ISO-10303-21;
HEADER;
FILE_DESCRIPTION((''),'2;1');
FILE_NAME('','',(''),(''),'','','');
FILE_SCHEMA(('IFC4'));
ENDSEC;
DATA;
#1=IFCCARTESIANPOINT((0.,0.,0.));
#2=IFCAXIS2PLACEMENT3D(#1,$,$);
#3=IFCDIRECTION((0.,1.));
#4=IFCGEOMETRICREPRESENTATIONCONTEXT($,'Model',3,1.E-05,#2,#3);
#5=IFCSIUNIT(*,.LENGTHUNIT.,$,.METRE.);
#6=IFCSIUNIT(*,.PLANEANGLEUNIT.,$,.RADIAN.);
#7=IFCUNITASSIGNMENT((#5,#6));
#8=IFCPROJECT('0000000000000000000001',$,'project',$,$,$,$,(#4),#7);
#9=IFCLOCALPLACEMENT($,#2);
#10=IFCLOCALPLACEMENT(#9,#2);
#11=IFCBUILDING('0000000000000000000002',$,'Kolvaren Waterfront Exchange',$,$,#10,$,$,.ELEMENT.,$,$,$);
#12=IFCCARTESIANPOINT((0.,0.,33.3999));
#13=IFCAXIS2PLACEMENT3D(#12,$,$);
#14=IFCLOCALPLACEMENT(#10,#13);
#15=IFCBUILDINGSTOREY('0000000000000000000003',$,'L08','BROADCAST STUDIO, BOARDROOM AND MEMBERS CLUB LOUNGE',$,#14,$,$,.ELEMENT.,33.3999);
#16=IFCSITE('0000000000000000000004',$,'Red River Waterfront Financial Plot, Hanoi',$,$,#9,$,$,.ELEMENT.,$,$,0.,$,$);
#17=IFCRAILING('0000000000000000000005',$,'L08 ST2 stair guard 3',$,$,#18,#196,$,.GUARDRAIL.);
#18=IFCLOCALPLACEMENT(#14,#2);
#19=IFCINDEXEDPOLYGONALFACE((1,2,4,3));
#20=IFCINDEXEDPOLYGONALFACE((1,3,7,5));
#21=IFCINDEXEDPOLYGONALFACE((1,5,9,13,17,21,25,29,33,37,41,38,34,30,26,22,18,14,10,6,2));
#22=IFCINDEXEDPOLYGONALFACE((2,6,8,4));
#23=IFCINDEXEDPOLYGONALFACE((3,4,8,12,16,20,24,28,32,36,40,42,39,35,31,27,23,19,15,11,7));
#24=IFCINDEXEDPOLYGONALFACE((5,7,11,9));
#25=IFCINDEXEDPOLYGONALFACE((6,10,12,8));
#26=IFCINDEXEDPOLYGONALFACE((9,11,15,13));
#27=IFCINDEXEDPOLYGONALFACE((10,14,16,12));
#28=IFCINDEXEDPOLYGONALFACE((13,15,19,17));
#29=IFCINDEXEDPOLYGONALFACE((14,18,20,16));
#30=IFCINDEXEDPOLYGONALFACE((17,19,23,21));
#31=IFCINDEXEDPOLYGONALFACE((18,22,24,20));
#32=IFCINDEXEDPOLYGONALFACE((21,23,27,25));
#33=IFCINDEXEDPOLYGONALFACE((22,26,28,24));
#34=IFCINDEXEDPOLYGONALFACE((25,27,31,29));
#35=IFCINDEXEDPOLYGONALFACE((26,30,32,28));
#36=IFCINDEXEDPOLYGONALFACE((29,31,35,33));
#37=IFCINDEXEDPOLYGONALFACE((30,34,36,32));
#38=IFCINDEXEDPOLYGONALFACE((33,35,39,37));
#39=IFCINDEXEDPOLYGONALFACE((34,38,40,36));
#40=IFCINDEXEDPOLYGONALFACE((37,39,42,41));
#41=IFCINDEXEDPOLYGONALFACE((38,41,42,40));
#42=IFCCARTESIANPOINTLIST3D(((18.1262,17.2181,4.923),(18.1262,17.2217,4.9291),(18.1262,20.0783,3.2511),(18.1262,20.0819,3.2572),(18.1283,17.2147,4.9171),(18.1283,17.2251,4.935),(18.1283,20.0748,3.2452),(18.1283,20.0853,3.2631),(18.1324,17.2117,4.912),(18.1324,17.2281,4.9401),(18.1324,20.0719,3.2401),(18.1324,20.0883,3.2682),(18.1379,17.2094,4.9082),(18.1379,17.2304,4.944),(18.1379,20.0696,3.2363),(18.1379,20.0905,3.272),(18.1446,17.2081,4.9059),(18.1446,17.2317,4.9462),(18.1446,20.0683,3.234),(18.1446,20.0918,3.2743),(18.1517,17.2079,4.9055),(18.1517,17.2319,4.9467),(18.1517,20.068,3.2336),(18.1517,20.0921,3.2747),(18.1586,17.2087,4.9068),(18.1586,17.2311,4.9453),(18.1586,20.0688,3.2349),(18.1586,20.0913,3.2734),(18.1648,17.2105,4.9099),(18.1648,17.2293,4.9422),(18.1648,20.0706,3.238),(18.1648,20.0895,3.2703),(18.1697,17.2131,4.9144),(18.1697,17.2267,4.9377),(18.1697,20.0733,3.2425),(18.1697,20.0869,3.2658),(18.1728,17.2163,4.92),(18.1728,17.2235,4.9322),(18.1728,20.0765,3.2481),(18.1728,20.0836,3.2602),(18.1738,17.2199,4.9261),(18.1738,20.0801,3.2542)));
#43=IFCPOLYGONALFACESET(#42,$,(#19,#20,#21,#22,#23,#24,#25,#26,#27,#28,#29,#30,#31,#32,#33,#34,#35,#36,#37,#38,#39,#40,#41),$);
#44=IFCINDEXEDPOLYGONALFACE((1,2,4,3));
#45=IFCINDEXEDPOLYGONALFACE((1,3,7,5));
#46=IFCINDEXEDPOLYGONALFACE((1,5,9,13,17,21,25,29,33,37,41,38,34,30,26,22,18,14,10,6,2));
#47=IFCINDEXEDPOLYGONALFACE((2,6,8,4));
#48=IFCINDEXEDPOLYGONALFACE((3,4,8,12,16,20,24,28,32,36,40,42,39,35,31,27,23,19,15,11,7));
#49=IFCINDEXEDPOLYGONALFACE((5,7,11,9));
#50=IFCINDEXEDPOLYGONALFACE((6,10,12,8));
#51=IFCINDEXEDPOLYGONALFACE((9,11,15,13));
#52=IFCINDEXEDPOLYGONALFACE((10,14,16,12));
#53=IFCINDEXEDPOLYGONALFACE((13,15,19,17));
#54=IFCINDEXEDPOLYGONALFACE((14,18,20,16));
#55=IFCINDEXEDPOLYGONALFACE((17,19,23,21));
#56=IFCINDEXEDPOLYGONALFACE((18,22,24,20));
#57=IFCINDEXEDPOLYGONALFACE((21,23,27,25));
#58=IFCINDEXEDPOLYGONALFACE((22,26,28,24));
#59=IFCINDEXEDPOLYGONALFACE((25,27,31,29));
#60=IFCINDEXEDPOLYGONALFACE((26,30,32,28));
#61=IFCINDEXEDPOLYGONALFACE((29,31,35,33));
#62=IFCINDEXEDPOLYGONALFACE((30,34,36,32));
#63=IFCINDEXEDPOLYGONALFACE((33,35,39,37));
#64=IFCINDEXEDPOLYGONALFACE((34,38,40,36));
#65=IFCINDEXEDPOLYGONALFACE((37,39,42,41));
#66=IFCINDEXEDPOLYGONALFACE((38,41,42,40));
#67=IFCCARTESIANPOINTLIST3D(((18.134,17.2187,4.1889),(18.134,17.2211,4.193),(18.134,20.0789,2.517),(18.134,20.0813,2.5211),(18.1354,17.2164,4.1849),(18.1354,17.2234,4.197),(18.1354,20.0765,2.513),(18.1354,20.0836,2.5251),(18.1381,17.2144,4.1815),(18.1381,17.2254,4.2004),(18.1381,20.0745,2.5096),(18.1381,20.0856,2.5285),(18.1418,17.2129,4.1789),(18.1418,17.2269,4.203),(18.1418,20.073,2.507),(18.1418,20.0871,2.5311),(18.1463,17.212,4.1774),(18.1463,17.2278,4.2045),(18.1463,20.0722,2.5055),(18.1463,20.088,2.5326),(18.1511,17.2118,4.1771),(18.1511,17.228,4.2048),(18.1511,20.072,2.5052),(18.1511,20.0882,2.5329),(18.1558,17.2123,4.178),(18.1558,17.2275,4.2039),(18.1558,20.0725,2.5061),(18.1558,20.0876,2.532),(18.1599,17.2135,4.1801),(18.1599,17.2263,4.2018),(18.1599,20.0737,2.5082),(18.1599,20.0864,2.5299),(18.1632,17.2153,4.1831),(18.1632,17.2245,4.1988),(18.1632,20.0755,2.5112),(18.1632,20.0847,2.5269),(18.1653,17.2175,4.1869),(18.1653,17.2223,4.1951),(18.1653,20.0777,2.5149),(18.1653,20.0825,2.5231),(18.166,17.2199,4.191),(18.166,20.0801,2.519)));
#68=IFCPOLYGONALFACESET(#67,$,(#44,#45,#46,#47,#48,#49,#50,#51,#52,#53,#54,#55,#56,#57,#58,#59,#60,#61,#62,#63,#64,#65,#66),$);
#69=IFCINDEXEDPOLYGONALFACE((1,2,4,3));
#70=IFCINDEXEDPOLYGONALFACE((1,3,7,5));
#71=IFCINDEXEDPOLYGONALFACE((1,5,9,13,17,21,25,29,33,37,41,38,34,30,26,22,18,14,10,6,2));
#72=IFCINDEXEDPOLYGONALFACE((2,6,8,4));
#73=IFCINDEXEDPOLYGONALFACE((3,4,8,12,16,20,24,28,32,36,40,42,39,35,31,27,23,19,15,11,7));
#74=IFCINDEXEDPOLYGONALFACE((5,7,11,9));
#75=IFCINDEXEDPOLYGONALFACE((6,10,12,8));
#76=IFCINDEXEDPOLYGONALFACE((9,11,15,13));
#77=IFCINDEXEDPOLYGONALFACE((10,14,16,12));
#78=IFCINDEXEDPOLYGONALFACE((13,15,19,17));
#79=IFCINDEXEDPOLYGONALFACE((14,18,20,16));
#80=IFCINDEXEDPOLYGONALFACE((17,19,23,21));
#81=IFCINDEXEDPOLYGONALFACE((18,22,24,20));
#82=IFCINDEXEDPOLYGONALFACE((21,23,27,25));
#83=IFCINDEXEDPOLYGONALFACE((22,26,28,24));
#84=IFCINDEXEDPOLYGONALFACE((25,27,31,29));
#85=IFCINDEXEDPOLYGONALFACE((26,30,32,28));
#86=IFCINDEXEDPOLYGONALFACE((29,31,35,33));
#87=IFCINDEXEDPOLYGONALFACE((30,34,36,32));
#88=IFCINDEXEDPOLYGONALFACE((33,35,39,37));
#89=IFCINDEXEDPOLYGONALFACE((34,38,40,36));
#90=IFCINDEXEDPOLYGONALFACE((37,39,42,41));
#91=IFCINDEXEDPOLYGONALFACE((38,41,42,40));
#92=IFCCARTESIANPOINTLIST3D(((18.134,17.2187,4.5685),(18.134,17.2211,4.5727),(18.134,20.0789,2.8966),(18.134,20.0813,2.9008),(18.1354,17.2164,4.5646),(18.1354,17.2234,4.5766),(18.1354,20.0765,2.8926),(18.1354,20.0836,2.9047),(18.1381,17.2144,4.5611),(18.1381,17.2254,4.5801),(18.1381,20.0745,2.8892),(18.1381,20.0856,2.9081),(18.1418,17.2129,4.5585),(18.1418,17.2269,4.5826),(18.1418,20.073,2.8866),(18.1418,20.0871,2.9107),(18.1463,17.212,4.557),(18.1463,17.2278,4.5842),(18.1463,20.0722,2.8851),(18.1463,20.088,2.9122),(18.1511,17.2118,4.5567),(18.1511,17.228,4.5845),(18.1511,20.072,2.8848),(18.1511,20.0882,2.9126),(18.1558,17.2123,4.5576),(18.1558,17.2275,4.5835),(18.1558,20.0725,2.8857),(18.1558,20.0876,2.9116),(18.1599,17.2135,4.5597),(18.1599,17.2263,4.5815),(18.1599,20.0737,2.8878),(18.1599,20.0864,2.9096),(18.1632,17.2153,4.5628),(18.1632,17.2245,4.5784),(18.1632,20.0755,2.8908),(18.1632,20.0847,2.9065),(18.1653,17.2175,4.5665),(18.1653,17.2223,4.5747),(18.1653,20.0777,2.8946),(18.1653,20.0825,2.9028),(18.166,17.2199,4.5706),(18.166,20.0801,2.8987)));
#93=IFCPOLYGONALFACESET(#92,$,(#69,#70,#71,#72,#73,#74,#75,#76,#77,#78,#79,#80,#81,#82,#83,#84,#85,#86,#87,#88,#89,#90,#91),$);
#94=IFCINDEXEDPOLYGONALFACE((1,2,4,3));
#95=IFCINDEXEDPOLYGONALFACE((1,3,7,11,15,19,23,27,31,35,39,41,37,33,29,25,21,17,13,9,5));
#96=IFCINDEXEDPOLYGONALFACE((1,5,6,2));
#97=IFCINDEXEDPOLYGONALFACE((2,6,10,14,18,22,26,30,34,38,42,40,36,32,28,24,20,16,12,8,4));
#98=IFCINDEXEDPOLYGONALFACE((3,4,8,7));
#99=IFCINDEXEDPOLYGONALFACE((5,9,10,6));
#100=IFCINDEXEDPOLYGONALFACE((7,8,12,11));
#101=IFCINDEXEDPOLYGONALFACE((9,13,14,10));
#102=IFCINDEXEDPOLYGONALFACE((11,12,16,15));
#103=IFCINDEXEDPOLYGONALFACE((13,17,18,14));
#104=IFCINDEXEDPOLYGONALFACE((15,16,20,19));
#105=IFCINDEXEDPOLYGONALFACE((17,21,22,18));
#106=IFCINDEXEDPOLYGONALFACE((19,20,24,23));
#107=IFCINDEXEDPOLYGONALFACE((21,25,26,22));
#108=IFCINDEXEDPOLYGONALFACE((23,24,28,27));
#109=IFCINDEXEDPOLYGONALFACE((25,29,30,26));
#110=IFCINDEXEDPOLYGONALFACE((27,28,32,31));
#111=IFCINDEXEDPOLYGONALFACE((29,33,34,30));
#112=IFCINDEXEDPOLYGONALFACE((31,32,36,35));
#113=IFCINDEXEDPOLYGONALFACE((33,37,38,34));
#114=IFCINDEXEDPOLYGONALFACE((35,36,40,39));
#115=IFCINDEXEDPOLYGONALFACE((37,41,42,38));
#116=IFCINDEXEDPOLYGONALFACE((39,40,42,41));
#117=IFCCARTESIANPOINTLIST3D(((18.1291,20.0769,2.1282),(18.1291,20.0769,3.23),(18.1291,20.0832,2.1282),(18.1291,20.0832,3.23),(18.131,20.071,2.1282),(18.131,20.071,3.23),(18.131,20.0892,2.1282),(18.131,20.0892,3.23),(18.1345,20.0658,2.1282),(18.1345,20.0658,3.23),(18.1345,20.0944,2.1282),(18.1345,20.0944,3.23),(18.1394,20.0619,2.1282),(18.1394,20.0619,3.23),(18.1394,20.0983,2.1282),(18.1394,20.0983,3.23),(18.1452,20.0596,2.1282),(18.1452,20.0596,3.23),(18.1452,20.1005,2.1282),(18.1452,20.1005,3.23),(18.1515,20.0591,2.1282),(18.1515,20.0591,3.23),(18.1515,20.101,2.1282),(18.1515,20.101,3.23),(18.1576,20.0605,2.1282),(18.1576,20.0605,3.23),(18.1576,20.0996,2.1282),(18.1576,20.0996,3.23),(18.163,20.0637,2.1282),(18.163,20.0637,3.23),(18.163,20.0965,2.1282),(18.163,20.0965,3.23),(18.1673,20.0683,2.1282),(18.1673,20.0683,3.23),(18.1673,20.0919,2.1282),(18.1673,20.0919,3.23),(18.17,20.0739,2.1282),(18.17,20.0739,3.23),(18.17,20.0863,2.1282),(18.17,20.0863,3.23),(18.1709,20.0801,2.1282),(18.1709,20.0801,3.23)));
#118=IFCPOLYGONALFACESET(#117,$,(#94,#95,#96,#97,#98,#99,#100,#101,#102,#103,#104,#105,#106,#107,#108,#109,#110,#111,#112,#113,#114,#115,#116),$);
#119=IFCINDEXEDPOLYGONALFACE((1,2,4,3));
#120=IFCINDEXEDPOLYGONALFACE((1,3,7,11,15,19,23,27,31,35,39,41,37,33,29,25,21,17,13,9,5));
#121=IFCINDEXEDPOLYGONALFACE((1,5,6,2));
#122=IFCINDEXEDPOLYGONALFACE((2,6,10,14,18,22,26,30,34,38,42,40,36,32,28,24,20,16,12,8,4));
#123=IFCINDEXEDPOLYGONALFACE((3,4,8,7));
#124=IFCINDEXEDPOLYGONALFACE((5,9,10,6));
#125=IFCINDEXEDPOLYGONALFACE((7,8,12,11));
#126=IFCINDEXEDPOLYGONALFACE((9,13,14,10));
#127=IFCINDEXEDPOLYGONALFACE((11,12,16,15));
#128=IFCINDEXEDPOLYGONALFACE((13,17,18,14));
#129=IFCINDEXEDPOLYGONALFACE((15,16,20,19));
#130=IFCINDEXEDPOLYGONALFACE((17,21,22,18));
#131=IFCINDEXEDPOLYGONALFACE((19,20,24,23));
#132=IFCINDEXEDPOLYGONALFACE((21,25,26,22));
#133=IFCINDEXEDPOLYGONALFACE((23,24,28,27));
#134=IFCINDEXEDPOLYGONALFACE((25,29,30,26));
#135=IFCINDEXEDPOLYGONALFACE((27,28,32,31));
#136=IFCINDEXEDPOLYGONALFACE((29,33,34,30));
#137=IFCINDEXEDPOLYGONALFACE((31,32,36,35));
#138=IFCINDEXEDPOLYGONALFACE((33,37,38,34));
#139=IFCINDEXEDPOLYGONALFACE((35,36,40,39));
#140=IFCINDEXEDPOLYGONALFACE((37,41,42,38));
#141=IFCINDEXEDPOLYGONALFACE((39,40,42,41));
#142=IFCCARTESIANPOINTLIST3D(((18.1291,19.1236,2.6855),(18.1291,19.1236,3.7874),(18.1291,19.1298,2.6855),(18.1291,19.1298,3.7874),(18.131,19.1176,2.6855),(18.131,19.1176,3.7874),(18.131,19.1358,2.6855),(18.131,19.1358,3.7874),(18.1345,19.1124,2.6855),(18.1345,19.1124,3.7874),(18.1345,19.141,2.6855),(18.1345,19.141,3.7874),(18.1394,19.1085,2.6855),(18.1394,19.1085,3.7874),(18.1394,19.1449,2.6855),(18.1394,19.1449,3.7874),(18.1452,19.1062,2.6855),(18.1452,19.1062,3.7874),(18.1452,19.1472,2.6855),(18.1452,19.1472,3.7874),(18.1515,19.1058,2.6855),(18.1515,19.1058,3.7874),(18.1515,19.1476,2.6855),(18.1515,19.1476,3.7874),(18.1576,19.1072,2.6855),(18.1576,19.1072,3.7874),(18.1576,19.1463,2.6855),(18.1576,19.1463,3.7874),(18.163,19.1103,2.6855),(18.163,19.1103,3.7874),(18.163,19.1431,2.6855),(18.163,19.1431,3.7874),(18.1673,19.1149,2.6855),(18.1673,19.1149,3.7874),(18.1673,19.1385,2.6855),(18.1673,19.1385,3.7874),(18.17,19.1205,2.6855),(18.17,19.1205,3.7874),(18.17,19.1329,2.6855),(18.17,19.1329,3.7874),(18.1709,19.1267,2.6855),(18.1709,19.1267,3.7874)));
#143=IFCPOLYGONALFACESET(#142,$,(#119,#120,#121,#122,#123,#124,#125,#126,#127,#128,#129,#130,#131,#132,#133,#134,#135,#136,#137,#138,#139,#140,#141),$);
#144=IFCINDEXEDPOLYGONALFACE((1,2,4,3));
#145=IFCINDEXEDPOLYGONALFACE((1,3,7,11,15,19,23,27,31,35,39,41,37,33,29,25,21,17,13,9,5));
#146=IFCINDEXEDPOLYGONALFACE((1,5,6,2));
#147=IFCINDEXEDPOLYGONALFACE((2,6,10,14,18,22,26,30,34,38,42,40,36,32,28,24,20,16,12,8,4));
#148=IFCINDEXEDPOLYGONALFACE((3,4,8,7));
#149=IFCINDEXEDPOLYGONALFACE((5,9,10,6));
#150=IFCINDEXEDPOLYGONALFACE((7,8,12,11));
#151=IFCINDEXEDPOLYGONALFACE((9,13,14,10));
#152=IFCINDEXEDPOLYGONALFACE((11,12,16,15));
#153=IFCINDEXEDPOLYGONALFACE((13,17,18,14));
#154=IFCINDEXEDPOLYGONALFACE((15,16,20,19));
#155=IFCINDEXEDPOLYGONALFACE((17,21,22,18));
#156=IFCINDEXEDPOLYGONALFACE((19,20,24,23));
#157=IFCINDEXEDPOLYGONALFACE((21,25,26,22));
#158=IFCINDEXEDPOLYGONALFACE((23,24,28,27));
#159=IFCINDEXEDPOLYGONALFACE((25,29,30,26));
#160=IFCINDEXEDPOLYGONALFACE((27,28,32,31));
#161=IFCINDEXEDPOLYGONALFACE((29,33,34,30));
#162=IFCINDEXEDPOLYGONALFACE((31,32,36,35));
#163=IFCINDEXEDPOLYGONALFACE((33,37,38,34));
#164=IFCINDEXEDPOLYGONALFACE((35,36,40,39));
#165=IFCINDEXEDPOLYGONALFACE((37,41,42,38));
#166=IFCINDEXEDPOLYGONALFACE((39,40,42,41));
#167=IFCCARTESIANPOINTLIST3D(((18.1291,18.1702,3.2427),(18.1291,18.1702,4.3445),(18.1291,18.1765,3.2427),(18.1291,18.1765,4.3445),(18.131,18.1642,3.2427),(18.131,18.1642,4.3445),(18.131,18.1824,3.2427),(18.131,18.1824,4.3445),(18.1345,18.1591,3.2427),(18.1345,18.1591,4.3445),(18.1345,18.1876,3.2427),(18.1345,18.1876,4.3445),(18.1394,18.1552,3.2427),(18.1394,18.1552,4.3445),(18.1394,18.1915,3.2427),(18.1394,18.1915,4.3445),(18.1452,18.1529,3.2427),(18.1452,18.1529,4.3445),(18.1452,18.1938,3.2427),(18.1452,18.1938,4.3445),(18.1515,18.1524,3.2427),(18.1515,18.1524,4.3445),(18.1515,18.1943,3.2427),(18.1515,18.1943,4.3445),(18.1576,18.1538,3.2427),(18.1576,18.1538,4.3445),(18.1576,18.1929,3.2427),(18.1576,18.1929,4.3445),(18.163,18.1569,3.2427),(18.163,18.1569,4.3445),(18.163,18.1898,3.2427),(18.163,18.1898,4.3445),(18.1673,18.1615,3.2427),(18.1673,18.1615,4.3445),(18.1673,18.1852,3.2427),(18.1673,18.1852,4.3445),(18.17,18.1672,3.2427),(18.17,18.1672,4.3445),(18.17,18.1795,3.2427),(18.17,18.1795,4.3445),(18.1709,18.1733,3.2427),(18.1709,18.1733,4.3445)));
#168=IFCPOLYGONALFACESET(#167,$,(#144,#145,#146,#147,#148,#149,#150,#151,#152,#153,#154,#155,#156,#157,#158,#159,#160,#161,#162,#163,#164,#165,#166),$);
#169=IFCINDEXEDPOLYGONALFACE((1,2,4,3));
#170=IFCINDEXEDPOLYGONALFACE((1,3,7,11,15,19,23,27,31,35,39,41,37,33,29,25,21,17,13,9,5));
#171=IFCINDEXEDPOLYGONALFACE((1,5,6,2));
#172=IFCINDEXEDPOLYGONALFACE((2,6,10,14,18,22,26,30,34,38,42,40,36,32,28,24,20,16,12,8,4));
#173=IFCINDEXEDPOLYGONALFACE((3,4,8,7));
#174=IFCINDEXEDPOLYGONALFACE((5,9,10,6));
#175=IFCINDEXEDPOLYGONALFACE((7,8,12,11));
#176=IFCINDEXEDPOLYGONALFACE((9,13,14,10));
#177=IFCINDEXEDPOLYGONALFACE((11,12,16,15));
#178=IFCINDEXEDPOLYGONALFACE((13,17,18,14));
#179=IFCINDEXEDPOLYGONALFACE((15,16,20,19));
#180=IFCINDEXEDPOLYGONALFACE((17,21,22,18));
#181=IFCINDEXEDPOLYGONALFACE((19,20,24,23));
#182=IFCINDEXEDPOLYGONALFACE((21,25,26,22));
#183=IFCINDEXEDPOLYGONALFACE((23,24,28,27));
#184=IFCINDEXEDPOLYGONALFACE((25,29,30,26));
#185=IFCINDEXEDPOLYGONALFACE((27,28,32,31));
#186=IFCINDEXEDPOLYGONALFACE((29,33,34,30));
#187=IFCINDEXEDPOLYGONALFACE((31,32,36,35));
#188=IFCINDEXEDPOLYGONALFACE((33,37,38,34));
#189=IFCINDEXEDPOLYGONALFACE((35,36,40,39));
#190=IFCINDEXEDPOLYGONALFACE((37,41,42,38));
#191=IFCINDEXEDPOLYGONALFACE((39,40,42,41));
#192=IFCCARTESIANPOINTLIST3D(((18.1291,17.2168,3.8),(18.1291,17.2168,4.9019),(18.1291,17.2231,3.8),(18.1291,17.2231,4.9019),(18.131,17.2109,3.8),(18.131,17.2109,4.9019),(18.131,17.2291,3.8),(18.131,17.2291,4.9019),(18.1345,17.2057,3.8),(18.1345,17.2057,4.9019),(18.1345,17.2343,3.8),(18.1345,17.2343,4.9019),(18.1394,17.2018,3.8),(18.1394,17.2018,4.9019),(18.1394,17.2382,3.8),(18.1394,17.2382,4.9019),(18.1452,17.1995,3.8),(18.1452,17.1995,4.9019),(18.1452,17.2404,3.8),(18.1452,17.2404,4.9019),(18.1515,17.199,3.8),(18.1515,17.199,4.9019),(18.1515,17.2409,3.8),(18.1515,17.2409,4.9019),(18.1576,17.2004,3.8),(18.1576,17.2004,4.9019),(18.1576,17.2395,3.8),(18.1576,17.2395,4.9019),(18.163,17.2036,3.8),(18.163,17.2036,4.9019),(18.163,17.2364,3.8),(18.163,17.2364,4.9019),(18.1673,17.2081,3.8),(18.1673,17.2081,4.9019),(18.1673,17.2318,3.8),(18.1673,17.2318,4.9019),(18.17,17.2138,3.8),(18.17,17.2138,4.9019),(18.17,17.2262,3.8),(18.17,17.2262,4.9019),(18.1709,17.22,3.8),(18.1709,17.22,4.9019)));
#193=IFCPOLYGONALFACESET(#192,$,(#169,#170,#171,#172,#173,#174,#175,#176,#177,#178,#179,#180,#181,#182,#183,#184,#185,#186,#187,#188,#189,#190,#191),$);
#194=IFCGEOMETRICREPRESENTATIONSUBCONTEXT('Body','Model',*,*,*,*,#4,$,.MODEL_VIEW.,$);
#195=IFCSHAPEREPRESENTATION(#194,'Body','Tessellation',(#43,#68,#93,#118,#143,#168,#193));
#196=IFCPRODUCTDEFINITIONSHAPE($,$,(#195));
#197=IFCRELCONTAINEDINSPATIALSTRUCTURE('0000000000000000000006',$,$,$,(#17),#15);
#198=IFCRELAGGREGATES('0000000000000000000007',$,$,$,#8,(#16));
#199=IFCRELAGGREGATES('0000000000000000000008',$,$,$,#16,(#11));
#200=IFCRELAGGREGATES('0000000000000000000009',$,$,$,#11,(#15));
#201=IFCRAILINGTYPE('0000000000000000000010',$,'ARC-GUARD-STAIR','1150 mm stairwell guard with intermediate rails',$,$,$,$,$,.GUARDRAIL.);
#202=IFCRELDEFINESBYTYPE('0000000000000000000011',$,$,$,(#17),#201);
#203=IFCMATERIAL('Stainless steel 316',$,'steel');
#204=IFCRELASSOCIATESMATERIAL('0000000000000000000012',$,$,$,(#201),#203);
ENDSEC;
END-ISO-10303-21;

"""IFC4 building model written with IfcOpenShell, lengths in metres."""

from ifc_helpers import new_model, si_unit, direction, frame, origin, origin_2d, place, context, subcontext, project, spatial, circle, extrude, material, type_object, element, save


model = new_model("IFC4")

# Units and contexts
model_context = context("Model", 3, precision=1e-05, world=origin(), true_north=direction((0.0, 1.0)))
body_context = subcontext(model_context, "Body", "Model", "MODEL_VIEW")
ifc_project = project(units=[si_unit("LENGTHUNIT", "METRE"), si_unit("PLANEANGLEUNIT", "RADIAN")], contexts=[model_context])

# Site, building, storey
site_placement = place(None, origin())
site = spatial("IfcSite", under=ifc_project, at=site_placement, Name="Red River Waterfront Financial Plot, Hanoi", CompositionType="ELEMENT", RefElevation=0.0)
building_placement = place(site_placement, origin())
building = spatial("IfcBuilding", under=site, at=building_placement, Name="Kolvaren Waterfront Exchange", CompositionType="ELEMENT")
storey_placement = place(building_placement, frame((0.0, 0.0, 33.3999)))
storey = spatial("IfcBuildingStorey", under=building, at=storey_placement, Name="L08", Description="BROADCAST STUDIO, BOARDROOM AND MEMBERS CLUB LOUNGE", CompositionType="ELEMENT", Elevation=33.3999)

# Railing
ifc_material_1 = material(Name="Stainless steel 316", Category="steel")
railing_type_1 = type_object("IfcRailingType", Name="ARC-GUARD-STAIR", Description="1150 mm stairwell guard with intermediate rails", PredefinedType="GUARDRAIL", material=ifc_material_1)
railing_1_placement = place(storey_placement, frame((18.1499, 20.0801, 2.1282)))
element("IfcRailing", 1, at=railing_1_placement, inside=storey, type_object=railing_type_1, Name="L08 ST2 stair guard 3", PredefinedType="GUARDRAIL", context=body_context, shape_type="SweptSolid", body=[
    extrude(circle(Radius=0.0239, at=origin_2d()), frame((0.0, 0.0, 1.126), z_axis=(0.0, -0.863321, 0.504654), x_axis=(1.0, 0.0, 0.0)), (0.0, 0.0, 1.0), 3.313),
    extrude(circle(Radius=0.0161, at=origin_2d()), frame((0.0, 0.0, 0.3909), z_axis=(0.0, -0.863321, 0.504654), x_axis=(1.0, 0.0, 0.0)), (0.0, 0.0, 1.0), 3.313),
    extrude(circle(Radius=0.0161, at=origin_2d()), frame((0.0, 0.0, 0.7705), z_axis=(0.0, -0.863321, 0.504654), x_axis=(1.0, 0.0, 0.0)), (0.0, 0.0, 1.0), 3.313),
    extrude(circle(Radius=0.021, at=origin_2d()), origin(), (0.0, 0.0, 1.0), 1.1018),
    extrude(circle(Radius=0.021, at=origin_2d()), frame((0.0, -0.9534, 0.5574)), (0.0, 0.0, 1.0), 1.1018),
    extrude(circle(Radius=0.021, at=origin_2d()), frame((0.0, -1.9067, 1.1145)), (0.0, 0.0, 1.0), 1.1018),
    extrude(circle(Radius=0.021, at=origin_2d()), frame((0.0, -2.8601, 1.6719)), (0.0, 0.0, 1.0), 1.1018),
])

save(model, "model.ifc")
